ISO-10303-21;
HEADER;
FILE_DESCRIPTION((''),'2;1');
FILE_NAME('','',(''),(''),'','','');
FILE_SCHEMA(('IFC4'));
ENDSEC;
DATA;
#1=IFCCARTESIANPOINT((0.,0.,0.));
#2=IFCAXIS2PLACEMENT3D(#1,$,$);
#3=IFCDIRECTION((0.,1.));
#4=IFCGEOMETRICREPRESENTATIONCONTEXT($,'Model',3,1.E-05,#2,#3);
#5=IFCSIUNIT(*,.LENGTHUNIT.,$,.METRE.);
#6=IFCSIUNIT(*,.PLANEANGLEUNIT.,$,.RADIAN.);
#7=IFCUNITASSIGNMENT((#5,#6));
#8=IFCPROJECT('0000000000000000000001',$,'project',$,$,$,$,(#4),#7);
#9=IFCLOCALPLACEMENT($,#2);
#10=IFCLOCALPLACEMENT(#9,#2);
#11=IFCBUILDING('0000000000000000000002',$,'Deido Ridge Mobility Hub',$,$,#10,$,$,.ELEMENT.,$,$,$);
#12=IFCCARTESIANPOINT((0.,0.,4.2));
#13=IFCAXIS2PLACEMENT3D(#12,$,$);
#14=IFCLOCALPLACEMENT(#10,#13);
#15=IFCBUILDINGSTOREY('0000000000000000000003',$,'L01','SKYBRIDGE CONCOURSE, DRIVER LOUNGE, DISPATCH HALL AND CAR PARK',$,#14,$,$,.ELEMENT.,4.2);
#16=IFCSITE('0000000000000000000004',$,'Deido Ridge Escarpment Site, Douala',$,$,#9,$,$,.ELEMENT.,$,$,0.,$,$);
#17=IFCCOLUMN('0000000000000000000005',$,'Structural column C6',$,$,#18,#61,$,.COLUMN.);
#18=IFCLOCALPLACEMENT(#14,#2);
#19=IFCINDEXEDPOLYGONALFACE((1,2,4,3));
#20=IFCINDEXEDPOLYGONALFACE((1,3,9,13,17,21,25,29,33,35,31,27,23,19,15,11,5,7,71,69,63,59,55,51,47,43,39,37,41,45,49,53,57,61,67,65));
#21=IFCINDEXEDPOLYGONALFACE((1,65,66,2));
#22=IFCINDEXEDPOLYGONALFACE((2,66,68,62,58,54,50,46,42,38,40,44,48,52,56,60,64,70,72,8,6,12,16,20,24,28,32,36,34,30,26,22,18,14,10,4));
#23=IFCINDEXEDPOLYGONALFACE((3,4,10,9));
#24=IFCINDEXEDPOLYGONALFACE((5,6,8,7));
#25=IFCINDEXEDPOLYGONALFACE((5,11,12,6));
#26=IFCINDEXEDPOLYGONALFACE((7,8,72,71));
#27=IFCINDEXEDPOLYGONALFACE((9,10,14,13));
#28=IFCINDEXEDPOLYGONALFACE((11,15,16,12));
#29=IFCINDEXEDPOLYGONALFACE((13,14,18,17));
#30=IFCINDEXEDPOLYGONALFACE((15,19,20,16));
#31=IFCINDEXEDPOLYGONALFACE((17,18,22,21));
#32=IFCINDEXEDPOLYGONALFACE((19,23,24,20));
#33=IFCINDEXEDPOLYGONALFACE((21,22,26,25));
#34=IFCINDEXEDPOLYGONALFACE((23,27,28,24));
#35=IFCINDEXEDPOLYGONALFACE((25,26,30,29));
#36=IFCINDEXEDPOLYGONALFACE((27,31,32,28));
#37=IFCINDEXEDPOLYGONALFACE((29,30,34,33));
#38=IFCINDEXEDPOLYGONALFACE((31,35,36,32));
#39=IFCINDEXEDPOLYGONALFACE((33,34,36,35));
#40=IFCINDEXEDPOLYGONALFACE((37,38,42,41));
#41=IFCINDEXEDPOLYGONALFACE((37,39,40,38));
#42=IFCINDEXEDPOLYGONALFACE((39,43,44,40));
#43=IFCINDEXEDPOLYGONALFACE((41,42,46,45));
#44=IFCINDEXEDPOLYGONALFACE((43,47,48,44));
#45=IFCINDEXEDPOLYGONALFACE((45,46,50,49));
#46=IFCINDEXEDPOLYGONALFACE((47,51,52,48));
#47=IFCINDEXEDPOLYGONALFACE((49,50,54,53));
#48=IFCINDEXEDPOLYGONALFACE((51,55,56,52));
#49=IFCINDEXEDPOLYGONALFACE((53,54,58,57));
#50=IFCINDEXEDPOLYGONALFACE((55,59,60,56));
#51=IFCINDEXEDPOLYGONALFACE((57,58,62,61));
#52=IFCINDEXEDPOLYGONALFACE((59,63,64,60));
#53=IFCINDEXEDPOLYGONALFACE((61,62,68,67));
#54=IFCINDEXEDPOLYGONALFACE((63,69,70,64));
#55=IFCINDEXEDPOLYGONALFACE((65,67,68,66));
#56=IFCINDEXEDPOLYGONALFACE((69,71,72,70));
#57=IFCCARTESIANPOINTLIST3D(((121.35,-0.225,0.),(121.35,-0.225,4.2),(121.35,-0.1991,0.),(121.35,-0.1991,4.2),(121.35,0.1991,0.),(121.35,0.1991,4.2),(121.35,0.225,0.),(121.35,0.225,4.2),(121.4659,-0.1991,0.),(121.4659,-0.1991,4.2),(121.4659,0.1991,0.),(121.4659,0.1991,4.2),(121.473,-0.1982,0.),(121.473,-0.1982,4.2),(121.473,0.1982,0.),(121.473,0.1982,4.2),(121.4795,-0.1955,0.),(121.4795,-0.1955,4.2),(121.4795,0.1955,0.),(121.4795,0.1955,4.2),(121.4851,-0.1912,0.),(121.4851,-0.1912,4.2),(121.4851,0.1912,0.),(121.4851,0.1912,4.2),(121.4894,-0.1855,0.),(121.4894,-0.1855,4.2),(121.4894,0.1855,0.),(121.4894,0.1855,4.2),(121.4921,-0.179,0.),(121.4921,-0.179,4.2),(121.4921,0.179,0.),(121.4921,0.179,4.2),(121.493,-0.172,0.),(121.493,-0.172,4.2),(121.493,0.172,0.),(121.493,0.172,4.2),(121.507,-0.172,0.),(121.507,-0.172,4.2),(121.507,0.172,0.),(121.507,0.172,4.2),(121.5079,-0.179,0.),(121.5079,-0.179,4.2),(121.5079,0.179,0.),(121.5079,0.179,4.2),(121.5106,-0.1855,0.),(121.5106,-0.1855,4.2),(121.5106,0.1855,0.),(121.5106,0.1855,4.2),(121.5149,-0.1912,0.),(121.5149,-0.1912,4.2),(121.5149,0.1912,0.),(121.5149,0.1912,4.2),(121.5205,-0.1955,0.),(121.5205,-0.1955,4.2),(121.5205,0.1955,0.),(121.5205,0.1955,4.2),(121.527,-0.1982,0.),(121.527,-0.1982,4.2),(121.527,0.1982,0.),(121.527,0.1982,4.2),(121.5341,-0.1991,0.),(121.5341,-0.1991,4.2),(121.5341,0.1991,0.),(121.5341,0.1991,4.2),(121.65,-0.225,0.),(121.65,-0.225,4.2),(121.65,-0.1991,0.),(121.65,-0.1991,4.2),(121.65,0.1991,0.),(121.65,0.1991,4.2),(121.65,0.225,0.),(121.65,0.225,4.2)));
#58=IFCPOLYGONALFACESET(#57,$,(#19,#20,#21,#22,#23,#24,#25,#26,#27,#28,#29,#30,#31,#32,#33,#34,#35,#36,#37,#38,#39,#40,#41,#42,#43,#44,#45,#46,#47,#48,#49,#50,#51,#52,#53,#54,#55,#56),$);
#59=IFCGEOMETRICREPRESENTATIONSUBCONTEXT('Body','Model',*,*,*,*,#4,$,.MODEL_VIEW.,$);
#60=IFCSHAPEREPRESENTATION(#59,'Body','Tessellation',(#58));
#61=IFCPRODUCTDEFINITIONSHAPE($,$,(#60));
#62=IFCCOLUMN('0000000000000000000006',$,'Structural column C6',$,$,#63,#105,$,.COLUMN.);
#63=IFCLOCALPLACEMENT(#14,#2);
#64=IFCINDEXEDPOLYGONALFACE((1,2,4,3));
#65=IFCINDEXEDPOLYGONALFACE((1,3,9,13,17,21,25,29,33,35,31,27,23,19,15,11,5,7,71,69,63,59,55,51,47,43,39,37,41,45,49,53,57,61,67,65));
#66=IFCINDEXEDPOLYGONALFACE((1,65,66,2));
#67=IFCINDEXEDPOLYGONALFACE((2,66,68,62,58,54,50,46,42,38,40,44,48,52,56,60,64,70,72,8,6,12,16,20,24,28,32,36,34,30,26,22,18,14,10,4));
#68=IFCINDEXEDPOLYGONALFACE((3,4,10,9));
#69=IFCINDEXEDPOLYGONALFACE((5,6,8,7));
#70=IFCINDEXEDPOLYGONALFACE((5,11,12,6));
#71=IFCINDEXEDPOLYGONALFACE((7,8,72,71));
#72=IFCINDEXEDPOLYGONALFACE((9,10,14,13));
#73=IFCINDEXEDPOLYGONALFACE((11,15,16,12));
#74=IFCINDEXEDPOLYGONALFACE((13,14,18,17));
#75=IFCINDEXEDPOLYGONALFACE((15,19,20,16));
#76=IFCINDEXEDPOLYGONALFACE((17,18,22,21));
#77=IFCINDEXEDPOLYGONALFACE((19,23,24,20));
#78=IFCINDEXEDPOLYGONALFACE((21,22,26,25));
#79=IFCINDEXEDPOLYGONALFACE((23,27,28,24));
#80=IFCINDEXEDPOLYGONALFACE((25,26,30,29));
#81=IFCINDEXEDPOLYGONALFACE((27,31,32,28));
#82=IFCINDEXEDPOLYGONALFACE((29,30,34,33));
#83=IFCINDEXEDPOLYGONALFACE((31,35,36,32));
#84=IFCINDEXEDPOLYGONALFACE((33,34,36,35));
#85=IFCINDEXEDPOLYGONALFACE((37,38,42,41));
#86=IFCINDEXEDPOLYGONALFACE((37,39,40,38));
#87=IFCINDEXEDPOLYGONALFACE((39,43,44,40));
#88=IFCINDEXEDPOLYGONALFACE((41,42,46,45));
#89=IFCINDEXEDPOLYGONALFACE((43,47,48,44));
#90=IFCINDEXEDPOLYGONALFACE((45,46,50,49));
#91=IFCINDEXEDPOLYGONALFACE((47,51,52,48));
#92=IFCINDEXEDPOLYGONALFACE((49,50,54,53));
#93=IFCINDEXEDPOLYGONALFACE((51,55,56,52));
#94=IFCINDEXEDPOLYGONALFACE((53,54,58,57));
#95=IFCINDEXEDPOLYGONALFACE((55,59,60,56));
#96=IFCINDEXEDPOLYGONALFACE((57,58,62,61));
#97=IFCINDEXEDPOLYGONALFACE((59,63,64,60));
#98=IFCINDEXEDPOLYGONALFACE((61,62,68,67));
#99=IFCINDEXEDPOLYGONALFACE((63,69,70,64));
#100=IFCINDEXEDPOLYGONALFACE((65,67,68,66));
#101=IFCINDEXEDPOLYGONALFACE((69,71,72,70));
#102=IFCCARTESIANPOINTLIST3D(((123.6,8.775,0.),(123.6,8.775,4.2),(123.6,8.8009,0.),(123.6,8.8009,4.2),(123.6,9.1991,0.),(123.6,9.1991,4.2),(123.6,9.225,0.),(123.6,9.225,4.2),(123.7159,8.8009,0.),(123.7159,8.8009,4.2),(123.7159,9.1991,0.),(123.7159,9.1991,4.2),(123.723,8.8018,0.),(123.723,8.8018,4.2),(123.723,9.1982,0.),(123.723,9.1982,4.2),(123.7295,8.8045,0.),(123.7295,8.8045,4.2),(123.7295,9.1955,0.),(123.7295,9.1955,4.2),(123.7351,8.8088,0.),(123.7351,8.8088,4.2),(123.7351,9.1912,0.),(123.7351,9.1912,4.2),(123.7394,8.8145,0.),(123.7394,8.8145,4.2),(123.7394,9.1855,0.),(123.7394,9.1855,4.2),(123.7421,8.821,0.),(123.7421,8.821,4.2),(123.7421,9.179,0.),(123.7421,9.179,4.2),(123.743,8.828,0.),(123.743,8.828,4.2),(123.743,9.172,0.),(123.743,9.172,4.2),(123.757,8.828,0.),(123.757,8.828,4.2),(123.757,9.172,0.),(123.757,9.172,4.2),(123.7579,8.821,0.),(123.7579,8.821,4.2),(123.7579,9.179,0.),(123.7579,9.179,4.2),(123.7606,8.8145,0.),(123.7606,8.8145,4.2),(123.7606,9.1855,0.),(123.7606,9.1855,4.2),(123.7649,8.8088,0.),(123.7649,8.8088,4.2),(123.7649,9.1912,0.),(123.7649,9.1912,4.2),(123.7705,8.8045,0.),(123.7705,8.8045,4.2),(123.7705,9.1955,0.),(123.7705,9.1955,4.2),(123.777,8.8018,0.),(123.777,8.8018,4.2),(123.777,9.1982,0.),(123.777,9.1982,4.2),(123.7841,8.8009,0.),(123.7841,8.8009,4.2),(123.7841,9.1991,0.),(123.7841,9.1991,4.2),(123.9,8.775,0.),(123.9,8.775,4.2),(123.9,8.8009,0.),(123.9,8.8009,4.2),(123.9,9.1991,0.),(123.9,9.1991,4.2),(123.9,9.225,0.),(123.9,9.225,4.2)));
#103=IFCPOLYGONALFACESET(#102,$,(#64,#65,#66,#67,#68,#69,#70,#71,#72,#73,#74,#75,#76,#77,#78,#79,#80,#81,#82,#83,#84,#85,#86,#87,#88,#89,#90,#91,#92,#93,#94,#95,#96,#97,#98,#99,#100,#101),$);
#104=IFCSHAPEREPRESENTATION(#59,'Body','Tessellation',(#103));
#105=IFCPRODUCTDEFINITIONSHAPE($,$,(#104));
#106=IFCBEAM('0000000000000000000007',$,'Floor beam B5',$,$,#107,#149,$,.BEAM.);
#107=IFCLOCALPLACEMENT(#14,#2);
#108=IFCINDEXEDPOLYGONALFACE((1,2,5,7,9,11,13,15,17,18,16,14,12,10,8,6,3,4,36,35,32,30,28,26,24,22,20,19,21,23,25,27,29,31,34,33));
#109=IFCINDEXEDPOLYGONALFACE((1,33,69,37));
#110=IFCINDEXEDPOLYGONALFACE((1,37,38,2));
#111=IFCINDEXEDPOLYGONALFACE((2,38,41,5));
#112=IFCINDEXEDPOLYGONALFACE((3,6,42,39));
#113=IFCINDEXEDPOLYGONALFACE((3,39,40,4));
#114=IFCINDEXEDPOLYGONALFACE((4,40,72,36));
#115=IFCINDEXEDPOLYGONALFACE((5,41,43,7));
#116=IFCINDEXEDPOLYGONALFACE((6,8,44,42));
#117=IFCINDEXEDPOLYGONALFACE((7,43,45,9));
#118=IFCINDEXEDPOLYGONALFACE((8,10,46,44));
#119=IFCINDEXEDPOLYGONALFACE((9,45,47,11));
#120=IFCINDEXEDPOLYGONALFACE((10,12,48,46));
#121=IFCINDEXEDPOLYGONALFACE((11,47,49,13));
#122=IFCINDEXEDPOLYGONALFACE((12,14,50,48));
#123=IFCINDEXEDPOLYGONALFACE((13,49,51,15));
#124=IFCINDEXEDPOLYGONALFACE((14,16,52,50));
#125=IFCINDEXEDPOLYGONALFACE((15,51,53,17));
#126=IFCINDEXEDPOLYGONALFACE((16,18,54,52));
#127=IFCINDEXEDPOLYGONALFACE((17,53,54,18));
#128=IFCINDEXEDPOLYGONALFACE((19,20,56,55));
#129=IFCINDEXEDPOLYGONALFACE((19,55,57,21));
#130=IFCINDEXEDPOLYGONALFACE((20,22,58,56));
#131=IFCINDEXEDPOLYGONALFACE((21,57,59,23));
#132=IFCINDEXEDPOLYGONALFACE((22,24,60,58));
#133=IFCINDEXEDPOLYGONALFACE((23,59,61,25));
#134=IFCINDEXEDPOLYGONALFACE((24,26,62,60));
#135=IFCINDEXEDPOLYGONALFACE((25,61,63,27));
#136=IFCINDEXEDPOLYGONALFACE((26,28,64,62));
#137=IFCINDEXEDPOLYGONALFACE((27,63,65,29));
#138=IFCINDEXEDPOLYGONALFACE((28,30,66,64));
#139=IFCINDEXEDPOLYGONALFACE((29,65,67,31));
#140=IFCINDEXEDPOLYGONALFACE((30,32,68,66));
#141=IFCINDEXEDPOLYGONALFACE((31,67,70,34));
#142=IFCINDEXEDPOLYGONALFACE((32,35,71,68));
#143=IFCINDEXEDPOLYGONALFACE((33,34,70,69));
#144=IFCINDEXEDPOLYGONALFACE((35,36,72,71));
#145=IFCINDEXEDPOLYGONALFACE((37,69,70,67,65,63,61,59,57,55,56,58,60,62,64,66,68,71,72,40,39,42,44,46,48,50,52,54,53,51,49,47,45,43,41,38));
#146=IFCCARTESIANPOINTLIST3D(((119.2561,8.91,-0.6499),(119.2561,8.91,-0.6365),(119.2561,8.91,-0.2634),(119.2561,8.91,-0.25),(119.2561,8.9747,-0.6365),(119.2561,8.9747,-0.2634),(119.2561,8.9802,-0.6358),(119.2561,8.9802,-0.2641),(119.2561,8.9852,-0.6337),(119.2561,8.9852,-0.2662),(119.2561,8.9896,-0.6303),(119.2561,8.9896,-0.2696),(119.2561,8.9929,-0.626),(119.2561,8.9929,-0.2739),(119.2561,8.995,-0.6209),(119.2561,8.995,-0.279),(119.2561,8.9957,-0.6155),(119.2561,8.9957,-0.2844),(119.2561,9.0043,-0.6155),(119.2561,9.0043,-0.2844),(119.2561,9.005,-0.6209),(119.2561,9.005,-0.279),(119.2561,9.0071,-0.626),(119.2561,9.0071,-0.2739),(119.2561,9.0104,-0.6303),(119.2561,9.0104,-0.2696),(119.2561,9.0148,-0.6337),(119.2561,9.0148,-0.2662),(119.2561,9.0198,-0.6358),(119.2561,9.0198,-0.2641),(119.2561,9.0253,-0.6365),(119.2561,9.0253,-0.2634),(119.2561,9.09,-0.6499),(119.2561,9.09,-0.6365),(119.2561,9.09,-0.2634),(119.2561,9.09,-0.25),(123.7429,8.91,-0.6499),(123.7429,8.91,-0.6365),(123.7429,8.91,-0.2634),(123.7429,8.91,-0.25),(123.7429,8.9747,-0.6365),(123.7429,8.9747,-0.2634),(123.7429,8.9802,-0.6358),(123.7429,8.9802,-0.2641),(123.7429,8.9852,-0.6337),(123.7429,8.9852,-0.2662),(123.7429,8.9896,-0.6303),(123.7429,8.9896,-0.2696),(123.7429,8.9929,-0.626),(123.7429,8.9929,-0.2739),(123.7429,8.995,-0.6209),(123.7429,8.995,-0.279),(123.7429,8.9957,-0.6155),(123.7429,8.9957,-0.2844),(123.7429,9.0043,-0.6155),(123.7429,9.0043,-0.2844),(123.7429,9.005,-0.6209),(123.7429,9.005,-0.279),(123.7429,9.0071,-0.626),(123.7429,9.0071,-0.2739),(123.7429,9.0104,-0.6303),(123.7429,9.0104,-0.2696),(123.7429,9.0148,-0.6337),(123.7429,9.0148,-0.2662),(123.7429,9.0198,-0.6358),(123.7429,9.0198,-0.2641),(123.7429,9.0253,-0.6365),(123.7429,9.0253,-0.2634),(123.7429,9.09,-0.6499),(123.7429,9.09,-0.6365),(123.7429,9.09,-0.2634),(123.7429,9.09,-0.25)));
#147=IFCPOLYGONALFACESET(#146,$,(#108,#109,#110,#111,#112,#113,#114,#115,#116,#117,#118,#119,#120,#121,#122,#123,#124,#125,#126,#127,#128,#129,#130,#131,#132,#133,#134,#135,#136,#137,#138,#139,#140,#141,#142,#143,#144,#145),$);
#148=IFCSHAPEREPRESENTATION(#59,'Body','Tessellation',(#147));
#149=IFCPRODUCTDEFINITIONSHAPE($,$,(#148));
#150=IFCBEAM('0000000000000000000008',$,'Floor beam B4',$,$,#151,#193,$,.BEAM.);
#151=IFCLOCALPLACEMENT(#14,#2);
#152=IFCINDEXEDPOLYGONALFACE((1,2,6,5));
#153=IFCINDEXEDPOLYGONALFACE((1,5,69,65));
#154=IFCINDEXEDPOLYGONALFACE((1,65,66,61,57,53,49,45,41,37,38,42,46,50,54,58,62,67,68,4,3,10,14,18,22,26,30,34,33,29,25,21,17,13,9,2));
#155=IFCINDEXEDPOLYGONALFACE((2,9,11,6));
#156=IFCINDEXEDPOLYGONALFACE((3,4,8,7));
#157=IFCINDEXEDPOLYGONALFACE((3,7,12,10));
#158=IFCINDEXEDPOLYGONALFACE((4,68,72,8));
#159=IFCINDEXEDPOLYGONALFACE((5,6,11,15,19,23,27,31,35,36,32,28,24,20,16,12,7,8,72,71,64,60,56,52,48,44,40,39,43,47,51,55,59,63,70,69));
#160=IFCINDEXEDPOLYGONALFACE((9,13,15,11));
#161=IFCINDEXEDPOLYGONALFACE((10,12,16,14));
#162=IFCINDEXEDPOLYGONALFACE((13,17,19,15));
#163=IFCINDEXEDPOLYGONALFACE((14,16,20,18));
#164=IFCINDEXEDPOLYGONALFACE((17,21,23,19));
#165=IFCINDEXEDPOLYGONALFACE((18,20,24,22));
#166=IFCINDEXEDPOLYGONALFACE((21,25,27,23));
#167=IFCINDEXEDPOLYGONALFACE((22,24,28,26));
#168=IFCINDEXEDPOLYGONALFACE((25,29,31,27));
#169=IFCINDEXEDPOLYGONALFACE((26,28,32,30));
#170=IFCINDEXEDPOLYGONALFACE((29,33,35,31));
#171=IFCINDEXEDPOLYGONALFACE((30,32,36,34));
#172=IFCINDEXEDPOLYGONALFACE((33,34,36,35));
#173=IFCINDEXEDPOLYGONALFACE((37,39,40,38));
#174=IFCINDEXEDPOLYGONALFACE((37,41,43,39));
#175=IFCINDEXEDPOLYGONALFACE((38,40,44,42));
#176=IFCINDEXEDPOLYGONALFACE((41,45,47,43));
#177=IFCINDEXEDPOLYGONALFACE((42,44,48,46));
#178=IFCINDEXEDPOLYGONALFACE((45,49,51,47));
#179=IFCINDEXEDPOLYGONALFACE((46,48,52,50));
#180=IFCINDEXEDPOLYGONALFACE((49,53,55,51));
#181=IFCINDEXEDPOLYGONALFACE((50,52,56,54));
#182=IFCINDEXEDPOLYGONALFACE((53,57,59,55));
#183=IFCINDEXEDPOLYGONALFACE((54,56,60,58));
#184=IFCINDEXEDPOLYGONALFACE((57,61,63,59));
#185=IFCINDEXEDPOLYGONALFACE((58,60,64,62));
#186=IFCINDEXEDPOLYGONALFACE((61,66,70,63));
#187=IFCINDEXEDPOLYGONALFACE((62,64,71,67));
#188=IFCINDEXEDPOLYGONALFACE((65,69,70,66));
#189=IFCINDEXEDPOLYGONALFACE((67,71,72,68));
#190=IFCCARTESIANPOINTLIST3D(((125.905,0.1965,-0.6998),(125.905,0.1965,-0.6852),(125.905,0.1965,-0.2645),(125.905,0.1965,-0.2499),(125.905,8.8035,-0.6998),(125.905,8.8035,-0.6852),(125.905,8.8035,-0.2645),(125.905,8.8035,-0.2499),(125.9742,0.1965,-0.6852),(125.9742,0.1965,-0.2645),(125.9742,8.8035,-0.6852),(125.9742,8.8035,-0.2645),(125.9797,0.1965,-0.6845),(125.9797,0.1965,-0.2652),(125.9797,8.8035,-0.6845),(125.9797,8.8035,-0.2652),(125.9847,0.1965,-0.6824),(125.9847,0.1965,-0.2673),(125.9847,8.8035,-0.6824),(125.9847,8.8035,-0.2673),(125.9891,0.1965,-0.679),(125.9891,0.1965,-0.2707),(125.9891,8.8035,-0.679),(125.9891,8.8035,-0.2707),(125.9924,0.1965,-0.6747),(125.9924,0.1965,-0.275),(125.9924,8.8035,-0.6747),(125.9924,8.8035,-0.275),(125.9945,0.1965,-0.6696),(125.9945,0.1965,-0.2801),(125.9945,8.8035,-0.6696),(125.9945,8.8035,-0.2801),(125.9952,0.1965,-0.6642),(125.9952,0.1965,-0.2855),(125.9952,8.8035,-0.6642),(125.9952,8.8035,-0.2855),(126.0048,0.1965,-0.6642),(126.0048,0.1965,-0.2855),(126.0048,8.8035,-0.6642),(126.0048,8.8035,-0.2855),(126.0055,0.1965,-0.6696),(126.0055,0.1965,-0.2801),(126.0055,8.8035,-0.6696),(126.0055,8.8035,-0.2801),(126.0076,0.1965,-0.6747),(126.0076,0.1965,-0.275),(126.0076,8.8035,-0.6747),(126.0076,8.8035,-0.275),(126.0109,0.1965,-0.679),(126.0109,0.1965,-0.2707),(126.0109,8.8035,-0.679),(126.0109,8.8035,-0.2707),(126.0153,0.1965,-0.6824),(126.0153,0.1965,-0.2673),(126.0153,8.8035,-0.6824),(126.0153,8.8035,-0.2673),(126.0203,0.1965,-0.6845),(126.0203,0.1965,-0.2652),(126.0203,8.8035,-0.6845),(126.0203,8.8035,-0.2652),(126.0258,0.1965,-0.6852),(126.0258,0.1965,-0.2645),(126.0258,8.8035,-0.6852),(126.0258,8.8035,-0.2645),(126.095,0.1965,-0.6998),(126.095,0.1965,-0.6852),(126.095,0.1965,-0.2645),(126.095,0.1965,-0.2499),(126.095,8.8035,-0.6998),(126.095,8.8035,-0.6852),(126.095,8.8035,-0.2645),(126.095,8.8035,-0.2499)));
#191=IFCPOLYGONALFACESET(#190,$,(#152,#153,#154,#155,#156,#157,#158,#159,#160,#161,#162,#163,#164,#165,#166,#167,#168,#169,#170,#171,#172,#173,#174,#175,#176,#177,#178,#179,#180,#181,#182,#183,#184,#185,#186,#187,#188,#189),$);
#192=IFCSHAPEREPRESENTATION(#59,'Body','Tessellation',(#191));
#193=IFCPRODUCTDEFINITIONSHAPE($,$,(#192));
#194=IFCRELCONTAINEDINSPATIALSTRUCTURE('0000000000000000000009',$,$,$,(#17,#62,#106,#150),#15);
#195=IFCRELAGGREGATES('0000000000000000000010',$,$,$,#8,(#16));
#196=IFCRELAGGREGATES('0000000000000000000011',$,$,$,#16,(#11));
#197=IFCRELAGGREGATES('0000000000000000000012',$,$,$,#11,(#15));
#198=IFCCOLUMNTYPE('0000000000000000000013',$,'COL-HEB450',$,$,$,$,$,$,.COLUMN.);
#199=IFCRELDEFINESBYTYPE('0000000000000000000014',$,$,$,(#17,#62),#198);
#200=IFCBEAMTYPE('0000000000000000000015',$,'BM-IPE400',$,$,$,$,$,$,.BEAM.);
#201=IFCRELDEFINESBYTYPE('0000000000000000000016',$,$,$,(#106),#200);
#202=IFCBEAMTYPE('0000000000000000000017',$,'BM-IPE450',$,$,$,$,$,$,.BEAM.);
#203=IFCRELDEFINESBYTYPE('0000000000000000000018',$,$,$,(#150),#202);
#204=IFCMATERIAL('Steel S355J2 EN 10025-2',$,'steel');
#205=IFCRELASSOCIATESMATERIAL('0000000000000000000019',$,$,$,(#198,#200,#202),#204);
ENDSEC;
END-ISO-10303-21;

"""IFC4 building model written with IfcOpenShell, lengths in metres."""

from ifc_helpers import new_model, si_unit, direction, frame, origin, origin_2d, place, context, subcontext, project, spatial, i_section, extrude, material, material_profile, profile_set, type_object, element, save


model = new_model("IFC4")

# Units and contexts
model_context = context("Model", 3, precision=1e-05, world=origin(), true_north=direction((0.0, 1.0)))
body_context = subcontext(model_context, "Body", "Model", "MODEL_VIEW")
ifc_project = project(units=[si_unit("LENGTHUNIT", "METRE"), si_unit("PLANEANGLEUNIT", "RADIAN")], contexts=[model_context])

# Site, building, storey
site_placement = place(None, origin())
site = spatial("IfcSite", under=ifc_project, at=site_placement, Name="Deido Ridge Escarpment Site, Douala", CompositionType="ELEMENT", RefElevation=0.0)
building_placement = place(site_placement, origin())
building = spatial("IfcBuilding", under=site, at=building_placement, Name="Deido Ridge Mobility Hub", CompositionType="ELEMENT")
storey_placement = place(building_placement, frame((0.0, 0.0, 4.2)))
storey = spatial("IfcBuildingStorey", under=building, at=storey_placement, Name="L01", Description="SKYBRIDGE CONCOURSE, DRIVER LOUNGE, DISPATCH HALL AND CAR PARK", CompositionType="ELEMENT", Elevation=4.2)

# Columns
ifc_material_1 = material(Name="Steel S355J2 EN 10025-2", Category="steel")
ifc_material_profile_1 = material_profile(ifc_material_1, i_section(OverallWidth=0.3, OverallDepth=0.45, WebThickness=0.0139, FlangeThickness=0.0259, FilletRadius=0.0271, at=origin_2d()), Name="HEB 450")
ifc_profile_set_1 = profile_set([ifc_material_profile_1], Name="Steel S355J2 EN 10025-2")
column_type_1 = type_object("IfcColumnType", Name="COL-HEB450", PredefinedType="COLUMN", material=ifc_profile_set_1)
for number, where, z_axis, x_axis, name in (
    (1, (121.5, 0.0, 0.0), (0.0, 0.0, 1.0), (1.0, 0.0, 0.0), "Structural column C6"),
    (2, (123.75, 9.0, 0.0), (0.0, 0.0, 1.0), (1.0, 0.0, 0.0), "Structural column C6"),
):
    element("IfcColumn", number, at=place(storey_placement, frame(where, z_axis=z_axis, x_axis=x_axis)), inside=storey, type_object=column_type_1, Name=name, PredefinedType="COLUMN", context=body_context, shape_type="SweptSolid", body=[
        extrude(i_section(OverallWidth=0.3, OverallDepth=0.45, WebThickness=0.0139, FlangeThickness=0.0259, FilletRadius=0.0271, at=origin_2d()), origin(), (0.0, 0.0, 1.0), 4.2),
    ])

# Beams
ifc_material_profile_2 = material_profile(ifc_material_1, i_section(OverallWidth=0.1799, OverallDepth=0.3999, WebThickness=0.0085, FlangeThickness=0.0134, FilletRadius=0.021, at=origin_2d()), Name="IPE 400")
ifc_profile_set_2 = profile_set([ifc_material_profile_2], Name="Steel S355J2 EN 10025-2")
beam_type_1 = type_object("IfcBeamType", Name="BM-IPE400", PredefinedType="BEAM", material=ifc_profile_set_2)
beam_1_placement = place(storey_placement, frame((119.2561, 9.0, -0.45), z_axis=(1.0, 0.0, 0.0), x_axis=(0.0, 1.0, 0.0)))
element("IfcBeam", 3, at=beam_1_placement, inside=storey, type_object=beam_type_1, Name="Floor beam B5", PredefinedType="BEAM", context=body_context, shape_type="SweptSolid", body=[
    extrude(i_section(OverallWidth=0.1799, OverallDepth=0.3999, WebThickness=0.0085, FlangeThickness=0.0134, FilletRadius=0.021, at=origin_2d()), origin(), (0.0, 0.0, 1.0), 4.4868),
])
ifc_material_profile_3 = material_profile(ifc_material_1, i_section(OverallWidth=0.1899, OverallDepth=0.45, WebThickness=0.0095, FlangeThickness=0.0146, FilletRadius=0.021, at=origin_2d()), Name="IPE 450")
ifc_profile_set_3 = profile_set([ifc_material_profile_3], Name="Steel S355J2 EN 10025-2")
beam_type_2 = type_object("IfcBeamType", Name="BM-IPE450", PredefinedType="BEAM", material=ifc_profile_set_3)
for number, where, z_axis, x_axis, name in (
    (4, (126.0, 0.1965, -0.4749), (0.0, 1.0, 0.0), (-1.0, 0.0, 0.0), "Floor beam B4"),
):
    element("IfcBeam", number, at=place(storey_placement, frame(where, z_axis=z_axis, x_axis=x_axis)), inside=storey, type_object=beam_type_2, Name=name, PredefinedType="BEAM", context=body_context, shape_type="SweptSolid", body=[
        extrude(i_section(OverallWidth=0.1899, OverallDepth=0.45, WebThickness=0.0095, FlangeThickness=0.0146, FilletRadius=0.021, at=origin_2d()), origin(), (0.0, 0.0, 1.0), 8.6069),
    ])

save(model, "model.ifc")
